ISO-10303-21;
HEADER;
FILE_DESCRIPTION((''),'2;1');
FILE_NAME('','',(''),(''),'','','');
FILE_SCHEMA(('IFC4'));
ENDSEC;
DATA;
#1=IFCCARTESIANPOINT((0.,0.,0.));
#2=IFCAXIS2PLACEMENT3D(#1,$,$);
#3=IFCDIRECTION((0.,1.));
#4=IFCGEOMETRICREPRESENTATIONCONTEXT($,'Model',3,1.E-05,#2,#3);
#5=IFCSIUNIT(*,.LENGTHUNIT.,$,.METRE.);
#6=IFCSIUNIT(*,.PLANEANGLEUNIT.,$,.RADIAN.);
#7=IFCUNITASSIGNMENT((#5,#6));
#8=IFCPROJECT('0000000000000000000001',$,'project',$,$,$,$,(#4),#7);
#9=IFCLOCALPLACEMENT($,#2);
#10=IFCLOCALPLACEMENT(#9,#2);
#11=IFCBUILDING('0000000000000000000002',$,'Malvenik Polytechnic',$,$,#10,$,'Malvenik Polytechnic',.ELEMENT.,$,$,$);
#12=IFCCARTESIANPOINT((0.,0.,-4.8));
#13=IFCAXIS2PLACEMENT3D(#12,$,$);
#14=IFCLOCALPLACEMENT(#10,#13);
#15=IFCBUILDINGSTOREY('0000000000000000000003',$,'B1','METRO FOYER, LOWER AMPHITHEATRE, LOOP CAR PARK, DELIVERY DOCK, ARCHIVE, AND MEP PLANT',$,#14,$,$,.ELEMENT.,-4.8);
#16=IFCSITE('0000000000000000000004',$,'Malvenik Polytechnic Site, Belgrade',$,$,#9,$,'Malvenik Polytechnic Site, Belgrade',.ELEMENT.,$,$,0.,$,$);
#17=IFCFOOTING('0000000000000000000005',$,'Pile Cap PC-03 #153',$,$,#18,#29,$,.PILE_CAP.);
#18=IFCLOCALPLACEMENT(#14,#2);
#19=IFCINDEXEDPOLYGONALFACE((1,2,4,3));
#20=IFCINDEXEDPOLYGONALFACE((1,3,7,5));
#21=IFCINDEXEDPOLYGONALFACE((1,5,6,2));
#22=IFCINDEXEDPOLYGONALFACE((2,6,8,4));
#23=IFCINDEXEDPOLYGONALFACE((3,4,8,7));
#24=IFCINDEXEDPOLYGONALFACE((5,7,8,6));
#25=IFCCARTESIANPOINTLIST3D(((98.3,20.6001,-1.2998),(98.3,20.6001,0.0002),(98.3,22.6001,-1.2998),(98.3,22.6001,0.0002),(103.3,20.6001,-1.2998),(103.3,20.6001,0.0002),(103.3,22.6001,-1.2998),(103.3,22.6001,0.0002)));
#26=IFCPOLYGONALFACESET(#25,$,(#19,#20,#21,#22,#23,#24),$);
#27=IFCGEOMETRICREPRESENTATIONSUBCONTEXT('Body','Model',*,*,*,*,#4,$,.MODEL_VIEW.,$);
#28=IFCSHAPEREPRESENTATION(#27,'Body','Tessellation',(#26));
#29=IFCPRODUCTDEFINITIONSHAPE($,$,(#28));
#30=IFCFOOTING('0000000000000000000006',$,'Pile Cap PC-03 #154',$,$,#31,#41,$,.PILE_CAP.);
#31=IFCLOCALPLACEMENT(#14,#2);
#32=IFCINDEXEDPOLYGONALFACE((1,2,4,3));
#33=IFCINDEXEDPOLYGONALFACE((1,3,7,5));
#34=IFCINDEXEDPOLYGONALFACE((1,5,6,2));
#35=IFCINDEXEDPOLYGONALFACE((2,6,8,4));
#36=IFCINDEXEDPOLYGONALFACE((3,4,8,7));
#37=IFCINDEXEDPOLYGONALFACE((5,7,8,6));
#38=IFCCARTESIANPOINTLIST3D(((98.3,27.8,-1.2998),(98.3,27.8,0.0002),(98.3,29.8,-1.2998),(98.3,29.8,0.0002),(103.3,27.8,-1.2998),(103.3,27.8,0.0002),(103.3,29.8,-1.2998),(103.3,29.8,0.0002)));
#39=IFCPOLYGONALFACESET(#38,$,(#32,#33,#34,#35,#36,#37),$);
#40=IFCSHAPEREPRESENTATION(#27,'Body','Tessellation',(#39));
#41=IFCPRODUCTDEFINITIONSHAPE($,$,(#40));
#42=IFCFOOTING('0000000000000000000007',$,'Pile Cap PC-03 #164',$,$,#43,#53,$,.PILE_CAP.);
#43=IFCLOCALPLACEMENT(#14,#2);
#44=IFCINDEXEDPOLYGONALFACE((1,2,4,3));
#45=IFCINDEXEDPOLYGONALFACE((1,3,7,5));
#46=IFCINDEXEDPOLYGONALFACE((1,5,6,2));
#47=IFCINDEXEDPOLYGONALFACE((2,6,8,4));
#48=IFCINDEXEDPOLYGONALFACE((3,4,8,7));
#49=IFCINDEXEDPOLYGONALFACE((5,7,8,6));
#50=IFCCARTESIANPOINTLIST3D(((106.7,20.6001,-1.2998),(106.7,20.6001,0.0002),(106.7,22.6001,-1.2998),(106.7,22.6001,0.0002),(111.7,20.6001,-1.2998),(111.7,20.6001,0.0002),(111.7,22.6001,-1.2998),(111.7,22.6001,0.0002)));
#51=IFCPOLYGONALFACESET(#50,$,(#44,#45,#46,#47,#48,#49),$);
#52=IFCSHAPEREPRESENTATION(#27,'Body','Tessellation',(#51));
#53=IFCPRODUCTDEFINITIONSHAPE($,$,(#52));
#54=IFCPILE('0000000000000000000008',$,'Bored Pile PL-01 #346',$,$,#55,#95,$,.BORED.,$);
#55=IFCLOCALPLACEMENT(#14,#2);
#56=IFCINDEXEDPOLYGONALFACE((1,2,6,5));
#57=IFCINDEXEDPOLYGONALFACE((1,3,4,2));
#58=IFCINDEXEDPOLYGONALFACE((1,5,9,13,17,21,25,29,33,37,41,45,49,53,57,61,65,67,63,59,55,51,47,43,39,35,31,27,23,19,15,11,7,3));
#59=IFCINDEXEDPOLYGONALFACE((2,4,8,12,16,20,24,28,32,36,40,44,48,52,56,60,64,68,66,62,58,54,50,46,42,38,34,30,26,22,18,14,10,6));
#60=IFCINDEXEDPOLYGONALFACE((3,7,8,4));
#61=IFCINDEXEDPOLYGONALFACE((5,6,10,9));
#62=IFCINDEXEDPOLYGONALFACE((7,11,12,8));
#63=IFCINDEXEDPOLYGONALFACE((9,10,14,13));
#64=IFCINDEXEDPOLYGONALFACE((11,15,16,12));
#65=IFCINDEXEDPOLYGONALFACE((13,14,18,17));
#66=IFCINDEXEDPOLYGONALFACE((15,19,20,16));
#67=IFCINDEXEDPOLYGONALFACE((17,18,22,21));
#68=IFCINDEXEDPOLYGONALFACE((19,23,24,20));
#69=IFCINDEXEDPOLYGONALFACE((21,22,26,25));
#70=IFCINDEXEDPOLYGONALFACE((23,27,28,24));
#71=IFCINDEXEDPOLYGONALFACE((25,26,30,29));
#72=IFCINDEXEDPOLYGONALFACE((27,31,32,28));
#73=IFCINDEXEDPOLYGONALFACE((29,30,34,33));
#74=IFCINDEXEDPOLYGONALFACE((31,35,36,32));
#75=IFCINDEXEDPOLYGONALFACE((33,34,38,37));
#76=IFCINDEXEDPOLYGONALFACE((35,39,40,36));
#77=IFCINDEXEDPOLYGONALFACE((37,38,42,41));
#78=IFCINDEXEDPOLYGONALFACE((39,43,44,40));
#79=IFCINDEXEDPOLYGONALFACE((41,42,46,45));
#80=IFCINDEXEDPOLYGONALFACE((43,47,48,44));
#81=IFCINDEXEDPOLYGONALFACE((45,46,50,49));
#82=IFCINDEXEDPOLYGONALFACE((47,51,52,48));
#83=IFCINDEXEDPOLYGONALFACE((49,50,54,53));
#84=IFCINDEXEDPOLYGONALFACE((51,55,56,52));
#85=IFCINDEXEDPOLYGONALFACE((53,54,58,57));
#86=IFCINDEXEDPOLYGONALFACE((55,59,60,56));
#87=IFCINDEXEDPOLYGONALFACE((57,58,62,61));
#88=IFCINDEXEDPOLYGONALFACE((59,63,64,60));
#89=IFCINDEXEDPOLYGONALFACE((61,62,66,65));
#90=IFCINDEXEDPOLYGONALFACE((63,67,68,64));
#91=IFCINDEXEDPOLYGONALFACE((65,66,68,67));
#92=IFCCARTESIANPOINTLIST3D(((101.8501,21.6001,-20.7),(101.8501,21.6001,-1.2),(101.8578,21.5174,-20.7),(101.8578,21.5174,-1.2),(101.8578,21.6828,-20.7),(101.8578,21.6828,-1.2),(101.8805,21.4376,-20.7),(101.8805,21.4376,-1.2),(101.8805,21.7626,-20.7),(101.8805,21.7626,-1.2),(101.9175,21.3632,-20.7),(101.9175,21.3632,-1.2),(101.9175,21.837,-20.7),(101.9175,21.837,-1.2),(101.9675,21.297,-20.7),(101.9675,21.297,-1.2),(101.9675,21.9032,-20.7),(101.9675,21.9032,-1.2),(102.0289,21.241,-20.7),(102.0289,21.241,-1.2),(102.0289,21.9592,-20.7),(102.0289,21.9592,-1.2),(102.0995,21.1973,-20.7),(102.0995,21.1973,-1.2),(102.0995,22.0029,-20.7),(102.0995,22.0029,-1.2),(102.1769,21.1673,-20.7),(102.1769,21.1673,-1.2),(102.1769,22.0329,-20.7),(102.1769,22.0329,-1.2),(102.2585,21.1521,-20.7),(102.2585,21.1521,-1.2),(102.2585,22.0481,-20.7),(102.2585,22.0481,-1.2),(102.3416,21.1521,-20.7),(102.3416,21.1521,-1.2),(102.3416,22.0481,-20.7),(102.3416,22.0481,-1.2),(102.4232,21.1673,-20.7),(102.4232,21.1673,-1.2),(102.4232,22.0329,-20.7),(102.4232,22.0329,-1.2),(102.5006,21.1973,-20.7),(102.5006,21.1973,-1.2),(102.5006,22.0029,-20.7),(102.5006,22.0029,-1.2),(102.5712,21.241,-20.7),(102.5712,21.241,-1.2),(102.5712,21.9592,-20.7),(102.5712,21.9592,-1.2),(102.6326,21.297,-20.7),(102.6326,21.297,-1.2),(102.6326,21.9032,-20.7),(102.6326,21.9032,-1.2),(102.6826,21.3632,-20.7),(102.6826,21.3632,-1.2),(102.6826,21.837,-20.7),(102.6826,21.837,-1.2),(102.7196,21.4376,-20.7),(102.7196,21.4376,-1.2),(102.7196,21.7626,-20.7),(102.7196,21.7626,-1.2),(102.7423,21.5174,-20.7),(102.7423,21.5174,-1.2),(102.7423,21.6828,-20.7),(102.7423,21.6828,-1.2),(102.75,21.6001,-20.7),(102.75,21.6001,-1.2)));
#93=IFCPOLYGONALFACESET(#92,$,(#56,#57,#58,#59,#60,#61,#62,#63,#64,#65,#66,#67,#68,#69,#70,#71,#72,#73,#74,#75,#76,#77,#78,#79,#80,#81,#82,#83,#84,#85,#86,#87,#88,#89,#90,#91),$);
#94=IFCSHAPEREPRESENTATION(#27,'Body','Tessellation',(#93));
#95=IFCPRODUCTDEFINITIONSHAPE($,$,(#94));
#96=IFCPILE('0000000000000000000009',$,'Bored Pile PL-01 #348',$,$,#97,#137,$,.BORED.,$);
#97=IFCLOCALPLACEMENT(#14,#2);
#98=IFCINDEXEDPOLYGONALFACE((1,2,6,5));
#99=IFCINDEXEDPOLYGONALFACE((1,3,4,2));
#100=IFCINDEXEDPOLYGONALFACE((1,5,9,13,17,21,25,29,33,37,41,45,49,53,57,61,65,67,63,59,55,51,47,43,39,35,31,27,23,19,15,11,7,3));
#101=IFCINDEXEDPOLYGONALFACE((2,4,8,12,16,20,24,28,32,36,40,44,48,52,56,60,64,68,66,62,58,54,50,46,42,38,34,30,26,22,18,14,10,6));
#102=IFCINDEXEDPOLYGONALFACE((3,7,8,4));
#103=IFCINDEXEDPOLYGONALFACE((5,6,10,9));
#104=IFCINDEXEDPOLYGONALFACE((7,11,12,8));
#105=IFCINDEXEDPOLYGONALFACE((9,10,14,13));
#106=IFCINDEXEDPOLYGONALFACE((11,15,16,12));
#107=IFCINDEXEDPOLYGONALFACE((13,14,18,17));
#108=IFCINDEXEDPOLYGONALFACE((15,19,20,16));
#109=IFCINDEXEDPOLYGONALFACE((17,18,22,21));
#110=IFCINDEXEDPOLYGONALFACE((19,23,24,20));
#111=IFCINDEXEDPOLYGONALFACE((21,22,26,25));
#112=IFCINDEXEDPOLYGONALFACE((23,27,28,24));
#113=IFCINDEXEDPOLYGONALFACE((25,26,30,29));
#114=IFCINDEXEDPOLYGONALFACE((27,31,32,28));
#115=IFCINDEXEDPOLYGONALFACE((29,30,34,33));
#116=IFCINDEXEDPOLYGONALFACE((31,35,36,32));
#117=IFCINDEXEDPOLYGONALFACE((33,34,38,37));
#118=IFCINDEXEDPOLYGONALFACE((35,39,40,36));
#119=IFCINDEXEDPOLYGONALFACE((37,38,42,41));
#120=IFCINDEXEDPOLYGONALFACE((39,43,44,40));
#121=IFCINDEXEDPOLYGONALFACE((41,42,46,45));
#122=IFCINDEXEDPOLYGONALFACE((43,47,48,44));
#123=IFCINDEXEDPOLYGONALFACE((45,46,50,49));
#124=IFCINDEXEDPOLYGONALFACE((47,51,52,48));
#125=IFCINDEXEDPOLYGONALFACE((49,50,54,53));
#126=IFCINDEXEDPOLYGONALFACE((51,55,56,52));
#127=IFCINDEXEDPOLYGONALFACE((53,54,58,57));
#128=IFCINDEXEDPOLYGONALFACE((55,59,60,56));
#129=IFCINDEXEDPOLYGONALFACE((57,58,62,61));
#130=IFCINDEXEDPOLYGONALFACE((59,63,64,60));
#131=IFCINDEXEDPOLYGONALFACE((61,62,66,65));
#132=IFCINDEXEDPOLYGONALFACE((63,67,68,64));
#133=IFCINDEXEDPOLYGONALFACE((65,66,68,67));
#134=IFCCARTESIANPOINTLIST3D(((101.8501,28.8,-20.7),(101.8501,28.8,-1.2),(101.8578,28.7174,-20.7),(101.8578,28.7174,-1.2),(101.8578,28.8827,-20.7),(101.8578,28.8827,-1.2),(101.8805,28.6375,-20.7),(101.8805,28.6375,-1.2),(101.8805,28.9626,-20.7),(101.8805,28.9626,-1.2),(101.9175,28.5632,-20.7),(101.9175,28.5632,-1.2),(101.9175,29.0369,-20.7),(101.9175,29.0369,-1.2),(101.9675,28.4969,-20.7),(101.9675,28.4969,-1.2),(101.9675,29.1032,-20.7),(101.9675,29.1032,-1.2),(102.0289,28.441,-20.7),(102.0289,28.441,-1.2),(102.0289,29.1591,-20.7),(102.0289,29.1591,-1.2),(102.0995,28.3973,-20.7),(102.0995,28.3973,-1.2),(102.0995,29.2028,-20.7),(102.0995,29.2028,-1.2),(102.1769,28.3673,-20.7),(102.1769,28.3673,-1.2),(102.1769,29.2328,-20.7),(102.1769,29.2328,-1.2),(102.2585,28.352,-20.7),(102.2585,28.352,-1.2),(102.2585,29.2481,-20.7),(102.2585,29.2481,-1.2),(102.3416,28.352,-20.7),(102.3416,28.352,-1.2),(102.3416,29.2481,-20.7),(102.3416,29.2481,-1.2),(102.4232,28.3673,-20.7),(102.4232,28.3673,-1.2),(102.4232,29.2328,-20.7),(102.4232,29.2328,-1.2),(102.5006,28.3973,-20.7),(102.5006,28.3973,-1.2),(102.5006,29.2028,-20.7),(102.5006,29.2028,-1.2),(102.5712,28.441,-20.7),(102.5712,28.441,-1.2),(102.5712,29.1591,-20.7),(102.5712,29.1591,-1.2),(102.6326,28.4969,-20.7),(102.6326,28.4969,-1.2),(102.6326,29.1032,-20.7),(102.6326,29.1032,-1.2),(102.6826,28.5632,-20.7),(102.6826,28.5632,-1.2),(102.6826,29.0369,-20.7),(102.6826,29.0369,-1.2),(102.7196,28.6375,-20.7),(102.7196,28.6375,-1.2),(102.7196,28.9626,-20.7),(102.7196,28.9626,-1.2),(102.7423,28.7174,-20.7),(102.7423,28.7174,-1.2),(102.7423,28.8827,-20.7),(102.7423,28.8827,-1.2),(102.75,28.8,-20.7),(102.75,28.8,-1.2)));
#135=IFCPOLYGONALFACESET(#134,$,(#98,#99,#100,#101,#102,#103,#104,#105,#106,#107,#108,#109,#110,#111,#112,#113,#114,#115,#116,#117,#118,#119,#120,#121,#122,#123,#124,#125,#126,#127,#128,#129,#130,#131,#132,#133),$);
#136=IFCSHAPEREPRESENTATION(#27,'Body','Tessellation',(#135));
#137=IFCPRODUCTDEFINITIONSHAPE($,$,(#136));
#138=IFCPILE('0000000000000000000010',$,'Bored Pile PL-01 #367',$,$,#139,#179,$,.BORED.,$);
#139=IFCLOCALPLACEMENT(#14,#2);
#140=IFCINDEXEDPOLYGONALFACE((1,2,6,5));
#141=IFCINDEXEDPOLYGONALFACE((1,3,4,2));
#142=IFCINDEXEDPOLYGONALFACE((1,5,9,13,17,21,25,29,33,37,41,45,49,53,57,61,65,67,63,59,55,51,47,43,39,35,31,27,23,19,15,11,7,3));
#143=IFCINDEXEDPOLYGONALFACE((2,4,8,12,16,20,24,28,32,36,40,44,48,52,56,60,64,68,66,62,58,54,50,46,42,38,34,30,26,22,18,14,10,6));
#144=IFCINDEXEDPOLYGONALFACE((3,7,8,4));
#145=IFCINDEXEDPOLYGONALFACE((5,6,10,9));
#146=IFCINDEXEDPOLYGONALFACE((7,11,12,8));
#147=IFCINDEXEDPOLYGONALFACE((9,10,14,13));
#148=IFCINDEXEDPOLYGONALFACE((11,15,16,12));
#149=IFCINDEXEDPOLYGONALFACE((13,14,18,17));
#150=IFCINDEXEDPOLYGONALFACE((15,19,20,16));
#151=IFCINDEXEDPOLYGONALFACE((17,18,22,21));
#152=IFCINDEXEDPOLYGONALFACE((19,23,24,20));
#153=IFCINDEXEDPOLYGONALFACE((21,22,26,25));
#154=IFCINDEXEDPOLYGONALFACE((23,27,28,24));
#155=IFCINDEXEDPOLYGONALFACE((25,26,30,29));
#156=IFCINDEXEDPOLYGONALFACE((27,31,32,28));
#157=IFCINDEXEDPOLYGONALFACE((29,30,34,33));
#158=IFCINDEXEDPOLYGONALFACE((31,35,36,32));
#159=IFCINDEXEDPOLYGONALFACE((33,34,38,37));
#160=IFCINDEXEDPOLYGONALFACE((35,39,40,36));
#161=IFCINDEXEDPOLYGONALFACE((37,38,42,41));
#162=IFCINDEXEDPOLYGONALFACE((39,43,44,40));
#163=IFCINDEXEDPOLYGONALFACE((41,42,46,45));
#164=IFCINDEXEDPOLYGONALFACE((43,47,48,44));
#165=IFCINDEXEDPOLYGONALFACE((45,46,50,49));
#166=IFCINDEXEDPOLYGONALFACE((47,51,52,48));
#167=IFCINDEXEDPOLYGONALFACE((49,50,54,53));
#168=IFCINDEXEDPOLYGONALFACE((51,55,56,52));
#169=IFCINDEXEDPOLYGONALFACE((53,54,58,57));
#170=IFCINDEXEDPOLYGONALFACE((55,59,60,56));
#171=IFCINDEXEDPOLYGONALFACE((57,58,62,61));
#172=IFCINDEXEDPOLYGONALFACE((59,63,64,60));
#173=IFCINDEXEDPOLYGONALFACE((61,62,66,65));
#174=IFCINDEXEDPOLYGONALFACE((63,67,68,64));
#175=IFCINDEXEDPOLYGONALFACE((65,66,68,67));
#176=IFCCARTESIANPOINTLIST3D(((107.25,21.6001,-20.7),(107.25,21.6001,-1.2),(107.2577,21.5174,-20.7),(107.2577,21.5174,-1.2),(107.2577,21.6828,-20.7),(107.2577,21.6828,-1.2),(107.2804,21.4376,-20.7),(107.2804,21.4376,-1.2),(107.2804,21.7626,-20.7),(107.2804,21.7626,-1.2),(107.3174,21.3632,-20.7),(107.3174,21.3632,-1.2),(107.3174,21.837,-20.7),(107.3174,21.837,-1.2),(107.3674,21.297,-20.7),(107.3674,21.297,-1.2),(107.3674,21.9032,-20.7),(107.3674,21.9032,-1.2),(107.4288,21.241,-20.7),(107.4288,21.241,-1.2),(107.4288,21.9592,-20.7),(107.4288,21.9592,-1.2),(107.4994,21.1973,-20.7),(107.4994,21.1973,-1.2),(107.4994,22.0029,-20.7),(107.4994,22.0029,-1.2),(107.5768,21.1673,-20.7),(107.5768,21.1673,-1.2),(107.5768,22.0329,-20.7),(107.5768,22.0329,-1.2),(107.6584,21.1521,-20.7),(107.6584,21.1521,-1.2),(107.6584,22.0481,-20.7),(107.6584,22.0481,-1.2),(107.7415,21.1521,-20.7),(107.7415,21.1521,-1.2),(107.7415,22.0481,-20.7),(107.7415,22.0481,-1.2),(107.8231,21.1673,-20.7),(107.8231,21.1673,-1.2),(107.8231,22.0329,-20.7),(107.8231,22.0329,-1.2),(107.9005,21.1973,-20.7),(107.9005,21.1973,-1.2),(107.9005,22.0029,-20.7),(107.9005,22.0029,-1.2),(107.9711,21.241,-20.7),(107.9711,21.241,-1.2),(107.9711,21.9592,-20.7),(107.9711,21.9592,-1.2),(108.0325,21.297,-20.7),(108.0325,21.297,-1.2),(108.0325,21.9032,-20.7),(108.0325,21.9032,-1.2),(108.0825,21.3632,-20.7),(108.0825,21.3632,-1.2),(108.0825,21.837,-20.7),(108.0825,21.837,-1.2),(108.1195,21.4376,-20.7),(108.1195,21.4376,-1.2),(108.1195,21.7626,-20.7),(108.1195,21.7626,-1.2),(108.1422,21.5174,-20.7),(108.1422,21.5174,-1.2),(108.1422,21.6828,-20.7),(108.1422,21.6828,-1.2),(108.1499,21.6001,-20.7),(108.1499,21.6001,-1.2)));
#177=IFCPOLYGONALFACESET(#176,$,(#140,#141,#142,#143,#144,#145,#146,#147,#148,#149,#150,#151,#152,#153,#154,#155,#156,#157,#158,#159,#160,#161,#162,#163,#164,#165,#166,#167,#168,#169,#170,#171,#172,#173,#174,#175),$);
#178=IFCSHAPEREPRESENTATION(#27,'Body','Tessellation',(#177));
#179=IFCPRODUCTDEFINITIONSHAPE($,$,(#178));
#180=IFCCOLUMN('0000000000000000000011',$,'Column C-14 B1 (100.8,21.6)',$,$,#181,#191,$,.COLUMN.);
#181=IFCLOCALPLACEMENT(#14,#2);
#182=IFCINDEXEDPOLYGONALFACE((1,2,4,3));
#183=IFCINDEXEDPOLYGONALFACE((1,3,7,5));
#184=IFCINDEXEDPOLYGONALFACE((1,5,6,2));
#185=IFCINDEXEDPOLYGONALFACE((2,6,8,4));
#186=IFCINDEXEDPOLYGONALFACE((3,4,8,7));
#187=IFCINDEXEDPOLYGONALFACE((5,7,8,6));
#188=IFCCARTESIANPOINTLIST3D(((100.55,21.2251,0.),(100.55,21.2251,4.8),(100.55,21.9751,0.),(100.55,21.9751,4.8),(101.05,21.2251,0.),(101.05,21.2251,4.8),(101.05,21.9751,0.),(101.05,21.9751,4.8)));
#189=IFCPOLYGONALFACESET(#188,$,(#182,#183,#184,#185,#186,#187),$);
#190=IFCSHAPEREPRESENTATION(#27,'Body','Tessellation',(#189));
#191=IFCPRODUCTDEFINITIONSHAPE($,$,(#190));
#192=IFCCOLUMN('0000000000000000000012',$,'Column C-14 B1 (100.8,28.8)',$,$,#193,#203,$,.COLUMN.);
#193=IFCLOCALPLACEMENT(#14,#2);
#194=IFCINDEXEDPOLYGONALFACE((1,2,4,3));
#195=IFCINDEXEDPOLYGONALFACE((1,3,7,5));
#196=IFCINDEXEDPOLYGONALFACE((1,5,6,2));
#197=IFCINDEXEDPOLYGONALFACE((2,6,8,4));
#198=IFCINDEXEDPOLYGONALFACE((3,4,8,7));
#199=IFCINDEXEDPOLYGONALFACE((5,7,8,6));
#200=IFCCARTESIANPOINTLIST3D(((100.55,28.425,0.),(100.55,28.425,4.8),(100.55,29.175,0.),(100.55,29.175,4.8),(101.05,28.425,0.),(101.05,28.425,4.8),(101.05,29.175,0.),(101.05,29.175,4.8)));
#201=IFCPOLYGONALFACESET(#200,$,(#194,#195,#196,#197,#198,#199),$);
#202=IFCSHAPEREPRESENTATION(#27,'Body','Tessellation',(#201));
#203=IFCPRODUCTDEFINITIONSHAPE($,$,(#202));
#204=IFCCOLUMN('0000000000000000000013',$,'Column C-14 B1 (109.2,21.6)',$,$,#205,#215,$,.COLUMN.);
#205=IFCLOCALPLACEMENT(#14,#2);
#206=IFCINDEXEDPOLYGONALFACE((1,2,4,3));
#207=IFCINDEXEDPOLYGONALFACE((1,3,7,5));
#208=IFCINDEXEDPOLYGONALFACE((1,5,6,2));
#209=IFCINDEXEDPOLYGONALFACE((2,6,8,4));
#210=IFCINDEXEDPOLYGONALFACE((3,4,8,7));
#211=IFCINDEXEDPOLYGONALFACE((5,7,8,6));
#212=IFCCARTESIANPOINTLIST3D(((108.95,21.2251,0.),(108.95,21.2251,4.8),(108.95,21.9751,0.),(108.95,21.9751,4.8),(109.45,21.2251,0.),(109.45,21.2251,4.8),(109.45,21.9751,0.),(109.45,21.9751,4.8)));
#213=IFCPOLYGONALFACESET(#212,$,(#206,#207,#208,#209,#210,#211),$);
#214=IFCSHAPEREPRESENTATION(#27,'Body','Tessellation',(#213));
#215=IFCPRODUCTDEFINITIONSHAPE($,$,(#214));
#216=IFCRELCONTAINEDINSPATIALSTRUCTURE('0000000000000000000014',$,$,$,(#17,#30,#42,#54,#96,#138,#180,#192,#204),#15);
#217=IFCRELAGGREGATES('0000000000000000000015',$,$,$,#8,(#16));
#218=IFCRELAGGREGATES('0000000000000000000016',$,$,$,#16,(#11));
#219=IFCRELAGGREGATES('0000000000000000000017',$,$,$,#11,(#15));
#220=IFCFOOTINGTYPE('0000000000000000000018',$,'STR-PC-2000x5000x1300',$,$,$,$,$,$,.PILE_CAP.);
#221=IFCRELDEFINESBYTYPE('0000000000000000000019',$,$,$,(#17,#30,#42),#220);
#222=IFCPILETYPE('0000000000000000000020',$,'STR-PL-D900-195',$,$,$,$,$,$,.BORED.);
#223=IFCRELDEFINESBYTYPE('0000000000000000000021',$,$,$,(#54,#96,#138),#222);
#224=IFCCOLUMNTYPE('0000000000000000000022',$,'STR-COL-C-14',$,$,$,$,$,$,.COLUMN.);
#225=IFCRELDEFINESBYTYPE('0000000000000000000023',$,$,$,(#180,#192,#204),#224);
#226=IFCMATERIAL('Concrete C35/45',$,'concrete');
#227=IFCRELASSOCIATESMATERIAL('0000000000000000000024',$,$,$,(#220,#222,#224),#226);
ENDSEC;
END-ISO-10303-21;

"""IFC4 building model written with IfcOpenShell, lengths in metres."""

from ifc_helpers import new_model, si_unit, direction, frame, origin, origin_2d, place, context, subcontext, project, spatial, rectangle, circle, extrude, material, material_profile, profile_set, type_object, element, save


model = new_model("IFC4")

# Units and contexts
model_context = context("Model", 3, precision=1e-05, world=origin(), true_north=direction((0.0, 1.0)))
body_context = subcontext(model_context, "Body", "Model", "MODEL_VIEW")
ifc_project = project(units=[si_unit("LENGTHUNIT", "METRE"), si_unit("PLANEANGLEUNIT", "RADIAN")], contexts=[model_context])

# Site, building, storey
site_placement = place(None, origin())
site = spatial("IfcSite", under=ifc_project, at=site_placement, Name="Malvenik Polytechnic Site, Belgrade", LongName="Malvenik Polytechnic Site, Belgrade", CompositionType="ELEMENT", RefElevation=0.0)
building_placement = place(site_placement, origin())
building = spatial("IfcBuilding", under=site, at=building_placement, Name="Malvenik Polytechnic", LongName="Malvenik Polytechnic", CompositionType="ELEMENT")
storey_placement = place(building_placement, frame((0.0, 0.0, -4.8)))
storey = spatial("IfcBuildingStorey", under=building, at=storey_placement, Name="B1", Description="METRO FOYER, LOWER AMPHITHEATRE, LOOP CAR PARK, DELIVERY DOCK, ARCHIVE, AND MEP PLANT", CompositionType="ELEMENT", Elevation=-4.8)

# Footings
ifc_material_1 = material(Name="Concrete C35/45", Category="concrete")
footing_type = type_object("IfcFootingType", Name="STR-PC-2000x5000x1300", PredefinedType="PILE_CAP", material=ifc_material_1)
for number, where, z_axis, x_axis, name in (
    (1, (100.8, 21.6001, -1.2998), (0.0, 0.0, 1.0), (1.0, 0.0, 0.0), "Pile Cap PC-03 #153"),
    (2, (100.8, 28.8, -1.2998), (0.0, 0.0, 1.0), (1.0, 0.0, 0.0), "Pile Cap PC-03 #154"),
    (3, (109.2, 21.6001, -1.2998), (0.0, 0.0, 1.0), (1.0, 0.0, 0.0), "Pile Cap PC-03 #164"),
):
    element("IfcFooting", number, at=place(storey_placement, frame(where, z_axis=z_axis, x_axis=x_axis)), inside=storey, type_object=footing_type, Name=name, PredefinedType="PILE_CAP", context=body_context, shape_type="SweptSolid", body=[
        extrude(rectangle(XDim=5.0, YDim=2.0, at=origin_2d()), origin(), (0.0, 0.0, 1.0), 1.3),
    ])

# Piles
ifc_material_profile_1 = material_profile(ifc_material_1, circle(Radius=0.45, at=origin_2d()), Name="BORED PILE D900")
ifc_profile_set_1 = profile_set([ifc_material_profile_1], Name="Concrete C35/45")
pile_type = type_object("IfcPileType", Name="STR-PL-D900-195", PredefinedType="BORED", material=ifc_profile_set_1)
for number, where, z_axis, x_axis, name in (
    (4, (102.3, 21.6001, -1.2), (0.0, 0.0, -1.0), (1.0, 0.0, 0.0), "Bored Pile PL-01 #346"),
    (5, (102.3, 28.8, -1.2), (0.0, 0.0, -1.0), (1.0, 0.0, 0.0), "Bored Pile PL-01 #348"),
    (6, (107.7, 21.6001, -1.2), (0.0, 0.0, -1.0), (1.0, 0.0, 0.0), "Bored Pile PL-01 #367"),
):
    element("IfcPile", number, at=place(storey_placement, frame(where, z_axis=z_axis, x_axis=x_axis)), inside=storey, type_object=pile_type, Name=name, PredefinedType="BORED", context=body_context, shape_type="SweptSolid", body=[
        extrude(circle(Radius=0.45, at=origin_2d()), origin(), (0.0, 0.0, 1.0), 19.5),
    ])

# Columns
ifc_material_profile_2 = material_profile(ifc_material_1, rectangle(XDim=0.5, YDim=0.75, at=origin_2d()), Name="RC COL 750x500")
ifc_profile_set_2 = profile_set([ifc_material_profile_2], Name="Concrete C35/45")
column_type = type_object("IfcColumnType", Name="STR-COL-C-14", PredefinedType="COLUMN", material=ifc_profile_set_2)
for number, where, z_axis, x_axis, name in (
    (7, (100.8, 21.6001, 0.0), (0.0, 0.0, 1.0), (1.0, 0.0, 0.0), "Column C-14 B1 (100.8,21.6)"),
    (8, (100.8, 28.8, 0.0), (0.0, 0.0, 1.0), (1.0, 0.0, 0.0), "Column C-14 B1 (100.8,28.8)"),
    (9, (109.2, 21.6001, 0.0), (0.0, 0.0, 1.0), (1.0, 0.0, 0.0), "Column C-14 B1 (109.2,21.6)"),
):
    element("IfcColumn", number, at=place(storey_placement, frame(where, z_axis=z_axis, x_axis=x_axis)), inside=storey, type_object=column_type, Name=name, PredefinedType="COLUMN", context=body_context, shape_type="SweptSolid", body=[
        extrude(rectangle(XDim=0.5, YDim=0.75, at=origin_2d()), origin(), (0.0, 0.0, 1.0), 4.8),
    ])

save(model, "model.ifc")
